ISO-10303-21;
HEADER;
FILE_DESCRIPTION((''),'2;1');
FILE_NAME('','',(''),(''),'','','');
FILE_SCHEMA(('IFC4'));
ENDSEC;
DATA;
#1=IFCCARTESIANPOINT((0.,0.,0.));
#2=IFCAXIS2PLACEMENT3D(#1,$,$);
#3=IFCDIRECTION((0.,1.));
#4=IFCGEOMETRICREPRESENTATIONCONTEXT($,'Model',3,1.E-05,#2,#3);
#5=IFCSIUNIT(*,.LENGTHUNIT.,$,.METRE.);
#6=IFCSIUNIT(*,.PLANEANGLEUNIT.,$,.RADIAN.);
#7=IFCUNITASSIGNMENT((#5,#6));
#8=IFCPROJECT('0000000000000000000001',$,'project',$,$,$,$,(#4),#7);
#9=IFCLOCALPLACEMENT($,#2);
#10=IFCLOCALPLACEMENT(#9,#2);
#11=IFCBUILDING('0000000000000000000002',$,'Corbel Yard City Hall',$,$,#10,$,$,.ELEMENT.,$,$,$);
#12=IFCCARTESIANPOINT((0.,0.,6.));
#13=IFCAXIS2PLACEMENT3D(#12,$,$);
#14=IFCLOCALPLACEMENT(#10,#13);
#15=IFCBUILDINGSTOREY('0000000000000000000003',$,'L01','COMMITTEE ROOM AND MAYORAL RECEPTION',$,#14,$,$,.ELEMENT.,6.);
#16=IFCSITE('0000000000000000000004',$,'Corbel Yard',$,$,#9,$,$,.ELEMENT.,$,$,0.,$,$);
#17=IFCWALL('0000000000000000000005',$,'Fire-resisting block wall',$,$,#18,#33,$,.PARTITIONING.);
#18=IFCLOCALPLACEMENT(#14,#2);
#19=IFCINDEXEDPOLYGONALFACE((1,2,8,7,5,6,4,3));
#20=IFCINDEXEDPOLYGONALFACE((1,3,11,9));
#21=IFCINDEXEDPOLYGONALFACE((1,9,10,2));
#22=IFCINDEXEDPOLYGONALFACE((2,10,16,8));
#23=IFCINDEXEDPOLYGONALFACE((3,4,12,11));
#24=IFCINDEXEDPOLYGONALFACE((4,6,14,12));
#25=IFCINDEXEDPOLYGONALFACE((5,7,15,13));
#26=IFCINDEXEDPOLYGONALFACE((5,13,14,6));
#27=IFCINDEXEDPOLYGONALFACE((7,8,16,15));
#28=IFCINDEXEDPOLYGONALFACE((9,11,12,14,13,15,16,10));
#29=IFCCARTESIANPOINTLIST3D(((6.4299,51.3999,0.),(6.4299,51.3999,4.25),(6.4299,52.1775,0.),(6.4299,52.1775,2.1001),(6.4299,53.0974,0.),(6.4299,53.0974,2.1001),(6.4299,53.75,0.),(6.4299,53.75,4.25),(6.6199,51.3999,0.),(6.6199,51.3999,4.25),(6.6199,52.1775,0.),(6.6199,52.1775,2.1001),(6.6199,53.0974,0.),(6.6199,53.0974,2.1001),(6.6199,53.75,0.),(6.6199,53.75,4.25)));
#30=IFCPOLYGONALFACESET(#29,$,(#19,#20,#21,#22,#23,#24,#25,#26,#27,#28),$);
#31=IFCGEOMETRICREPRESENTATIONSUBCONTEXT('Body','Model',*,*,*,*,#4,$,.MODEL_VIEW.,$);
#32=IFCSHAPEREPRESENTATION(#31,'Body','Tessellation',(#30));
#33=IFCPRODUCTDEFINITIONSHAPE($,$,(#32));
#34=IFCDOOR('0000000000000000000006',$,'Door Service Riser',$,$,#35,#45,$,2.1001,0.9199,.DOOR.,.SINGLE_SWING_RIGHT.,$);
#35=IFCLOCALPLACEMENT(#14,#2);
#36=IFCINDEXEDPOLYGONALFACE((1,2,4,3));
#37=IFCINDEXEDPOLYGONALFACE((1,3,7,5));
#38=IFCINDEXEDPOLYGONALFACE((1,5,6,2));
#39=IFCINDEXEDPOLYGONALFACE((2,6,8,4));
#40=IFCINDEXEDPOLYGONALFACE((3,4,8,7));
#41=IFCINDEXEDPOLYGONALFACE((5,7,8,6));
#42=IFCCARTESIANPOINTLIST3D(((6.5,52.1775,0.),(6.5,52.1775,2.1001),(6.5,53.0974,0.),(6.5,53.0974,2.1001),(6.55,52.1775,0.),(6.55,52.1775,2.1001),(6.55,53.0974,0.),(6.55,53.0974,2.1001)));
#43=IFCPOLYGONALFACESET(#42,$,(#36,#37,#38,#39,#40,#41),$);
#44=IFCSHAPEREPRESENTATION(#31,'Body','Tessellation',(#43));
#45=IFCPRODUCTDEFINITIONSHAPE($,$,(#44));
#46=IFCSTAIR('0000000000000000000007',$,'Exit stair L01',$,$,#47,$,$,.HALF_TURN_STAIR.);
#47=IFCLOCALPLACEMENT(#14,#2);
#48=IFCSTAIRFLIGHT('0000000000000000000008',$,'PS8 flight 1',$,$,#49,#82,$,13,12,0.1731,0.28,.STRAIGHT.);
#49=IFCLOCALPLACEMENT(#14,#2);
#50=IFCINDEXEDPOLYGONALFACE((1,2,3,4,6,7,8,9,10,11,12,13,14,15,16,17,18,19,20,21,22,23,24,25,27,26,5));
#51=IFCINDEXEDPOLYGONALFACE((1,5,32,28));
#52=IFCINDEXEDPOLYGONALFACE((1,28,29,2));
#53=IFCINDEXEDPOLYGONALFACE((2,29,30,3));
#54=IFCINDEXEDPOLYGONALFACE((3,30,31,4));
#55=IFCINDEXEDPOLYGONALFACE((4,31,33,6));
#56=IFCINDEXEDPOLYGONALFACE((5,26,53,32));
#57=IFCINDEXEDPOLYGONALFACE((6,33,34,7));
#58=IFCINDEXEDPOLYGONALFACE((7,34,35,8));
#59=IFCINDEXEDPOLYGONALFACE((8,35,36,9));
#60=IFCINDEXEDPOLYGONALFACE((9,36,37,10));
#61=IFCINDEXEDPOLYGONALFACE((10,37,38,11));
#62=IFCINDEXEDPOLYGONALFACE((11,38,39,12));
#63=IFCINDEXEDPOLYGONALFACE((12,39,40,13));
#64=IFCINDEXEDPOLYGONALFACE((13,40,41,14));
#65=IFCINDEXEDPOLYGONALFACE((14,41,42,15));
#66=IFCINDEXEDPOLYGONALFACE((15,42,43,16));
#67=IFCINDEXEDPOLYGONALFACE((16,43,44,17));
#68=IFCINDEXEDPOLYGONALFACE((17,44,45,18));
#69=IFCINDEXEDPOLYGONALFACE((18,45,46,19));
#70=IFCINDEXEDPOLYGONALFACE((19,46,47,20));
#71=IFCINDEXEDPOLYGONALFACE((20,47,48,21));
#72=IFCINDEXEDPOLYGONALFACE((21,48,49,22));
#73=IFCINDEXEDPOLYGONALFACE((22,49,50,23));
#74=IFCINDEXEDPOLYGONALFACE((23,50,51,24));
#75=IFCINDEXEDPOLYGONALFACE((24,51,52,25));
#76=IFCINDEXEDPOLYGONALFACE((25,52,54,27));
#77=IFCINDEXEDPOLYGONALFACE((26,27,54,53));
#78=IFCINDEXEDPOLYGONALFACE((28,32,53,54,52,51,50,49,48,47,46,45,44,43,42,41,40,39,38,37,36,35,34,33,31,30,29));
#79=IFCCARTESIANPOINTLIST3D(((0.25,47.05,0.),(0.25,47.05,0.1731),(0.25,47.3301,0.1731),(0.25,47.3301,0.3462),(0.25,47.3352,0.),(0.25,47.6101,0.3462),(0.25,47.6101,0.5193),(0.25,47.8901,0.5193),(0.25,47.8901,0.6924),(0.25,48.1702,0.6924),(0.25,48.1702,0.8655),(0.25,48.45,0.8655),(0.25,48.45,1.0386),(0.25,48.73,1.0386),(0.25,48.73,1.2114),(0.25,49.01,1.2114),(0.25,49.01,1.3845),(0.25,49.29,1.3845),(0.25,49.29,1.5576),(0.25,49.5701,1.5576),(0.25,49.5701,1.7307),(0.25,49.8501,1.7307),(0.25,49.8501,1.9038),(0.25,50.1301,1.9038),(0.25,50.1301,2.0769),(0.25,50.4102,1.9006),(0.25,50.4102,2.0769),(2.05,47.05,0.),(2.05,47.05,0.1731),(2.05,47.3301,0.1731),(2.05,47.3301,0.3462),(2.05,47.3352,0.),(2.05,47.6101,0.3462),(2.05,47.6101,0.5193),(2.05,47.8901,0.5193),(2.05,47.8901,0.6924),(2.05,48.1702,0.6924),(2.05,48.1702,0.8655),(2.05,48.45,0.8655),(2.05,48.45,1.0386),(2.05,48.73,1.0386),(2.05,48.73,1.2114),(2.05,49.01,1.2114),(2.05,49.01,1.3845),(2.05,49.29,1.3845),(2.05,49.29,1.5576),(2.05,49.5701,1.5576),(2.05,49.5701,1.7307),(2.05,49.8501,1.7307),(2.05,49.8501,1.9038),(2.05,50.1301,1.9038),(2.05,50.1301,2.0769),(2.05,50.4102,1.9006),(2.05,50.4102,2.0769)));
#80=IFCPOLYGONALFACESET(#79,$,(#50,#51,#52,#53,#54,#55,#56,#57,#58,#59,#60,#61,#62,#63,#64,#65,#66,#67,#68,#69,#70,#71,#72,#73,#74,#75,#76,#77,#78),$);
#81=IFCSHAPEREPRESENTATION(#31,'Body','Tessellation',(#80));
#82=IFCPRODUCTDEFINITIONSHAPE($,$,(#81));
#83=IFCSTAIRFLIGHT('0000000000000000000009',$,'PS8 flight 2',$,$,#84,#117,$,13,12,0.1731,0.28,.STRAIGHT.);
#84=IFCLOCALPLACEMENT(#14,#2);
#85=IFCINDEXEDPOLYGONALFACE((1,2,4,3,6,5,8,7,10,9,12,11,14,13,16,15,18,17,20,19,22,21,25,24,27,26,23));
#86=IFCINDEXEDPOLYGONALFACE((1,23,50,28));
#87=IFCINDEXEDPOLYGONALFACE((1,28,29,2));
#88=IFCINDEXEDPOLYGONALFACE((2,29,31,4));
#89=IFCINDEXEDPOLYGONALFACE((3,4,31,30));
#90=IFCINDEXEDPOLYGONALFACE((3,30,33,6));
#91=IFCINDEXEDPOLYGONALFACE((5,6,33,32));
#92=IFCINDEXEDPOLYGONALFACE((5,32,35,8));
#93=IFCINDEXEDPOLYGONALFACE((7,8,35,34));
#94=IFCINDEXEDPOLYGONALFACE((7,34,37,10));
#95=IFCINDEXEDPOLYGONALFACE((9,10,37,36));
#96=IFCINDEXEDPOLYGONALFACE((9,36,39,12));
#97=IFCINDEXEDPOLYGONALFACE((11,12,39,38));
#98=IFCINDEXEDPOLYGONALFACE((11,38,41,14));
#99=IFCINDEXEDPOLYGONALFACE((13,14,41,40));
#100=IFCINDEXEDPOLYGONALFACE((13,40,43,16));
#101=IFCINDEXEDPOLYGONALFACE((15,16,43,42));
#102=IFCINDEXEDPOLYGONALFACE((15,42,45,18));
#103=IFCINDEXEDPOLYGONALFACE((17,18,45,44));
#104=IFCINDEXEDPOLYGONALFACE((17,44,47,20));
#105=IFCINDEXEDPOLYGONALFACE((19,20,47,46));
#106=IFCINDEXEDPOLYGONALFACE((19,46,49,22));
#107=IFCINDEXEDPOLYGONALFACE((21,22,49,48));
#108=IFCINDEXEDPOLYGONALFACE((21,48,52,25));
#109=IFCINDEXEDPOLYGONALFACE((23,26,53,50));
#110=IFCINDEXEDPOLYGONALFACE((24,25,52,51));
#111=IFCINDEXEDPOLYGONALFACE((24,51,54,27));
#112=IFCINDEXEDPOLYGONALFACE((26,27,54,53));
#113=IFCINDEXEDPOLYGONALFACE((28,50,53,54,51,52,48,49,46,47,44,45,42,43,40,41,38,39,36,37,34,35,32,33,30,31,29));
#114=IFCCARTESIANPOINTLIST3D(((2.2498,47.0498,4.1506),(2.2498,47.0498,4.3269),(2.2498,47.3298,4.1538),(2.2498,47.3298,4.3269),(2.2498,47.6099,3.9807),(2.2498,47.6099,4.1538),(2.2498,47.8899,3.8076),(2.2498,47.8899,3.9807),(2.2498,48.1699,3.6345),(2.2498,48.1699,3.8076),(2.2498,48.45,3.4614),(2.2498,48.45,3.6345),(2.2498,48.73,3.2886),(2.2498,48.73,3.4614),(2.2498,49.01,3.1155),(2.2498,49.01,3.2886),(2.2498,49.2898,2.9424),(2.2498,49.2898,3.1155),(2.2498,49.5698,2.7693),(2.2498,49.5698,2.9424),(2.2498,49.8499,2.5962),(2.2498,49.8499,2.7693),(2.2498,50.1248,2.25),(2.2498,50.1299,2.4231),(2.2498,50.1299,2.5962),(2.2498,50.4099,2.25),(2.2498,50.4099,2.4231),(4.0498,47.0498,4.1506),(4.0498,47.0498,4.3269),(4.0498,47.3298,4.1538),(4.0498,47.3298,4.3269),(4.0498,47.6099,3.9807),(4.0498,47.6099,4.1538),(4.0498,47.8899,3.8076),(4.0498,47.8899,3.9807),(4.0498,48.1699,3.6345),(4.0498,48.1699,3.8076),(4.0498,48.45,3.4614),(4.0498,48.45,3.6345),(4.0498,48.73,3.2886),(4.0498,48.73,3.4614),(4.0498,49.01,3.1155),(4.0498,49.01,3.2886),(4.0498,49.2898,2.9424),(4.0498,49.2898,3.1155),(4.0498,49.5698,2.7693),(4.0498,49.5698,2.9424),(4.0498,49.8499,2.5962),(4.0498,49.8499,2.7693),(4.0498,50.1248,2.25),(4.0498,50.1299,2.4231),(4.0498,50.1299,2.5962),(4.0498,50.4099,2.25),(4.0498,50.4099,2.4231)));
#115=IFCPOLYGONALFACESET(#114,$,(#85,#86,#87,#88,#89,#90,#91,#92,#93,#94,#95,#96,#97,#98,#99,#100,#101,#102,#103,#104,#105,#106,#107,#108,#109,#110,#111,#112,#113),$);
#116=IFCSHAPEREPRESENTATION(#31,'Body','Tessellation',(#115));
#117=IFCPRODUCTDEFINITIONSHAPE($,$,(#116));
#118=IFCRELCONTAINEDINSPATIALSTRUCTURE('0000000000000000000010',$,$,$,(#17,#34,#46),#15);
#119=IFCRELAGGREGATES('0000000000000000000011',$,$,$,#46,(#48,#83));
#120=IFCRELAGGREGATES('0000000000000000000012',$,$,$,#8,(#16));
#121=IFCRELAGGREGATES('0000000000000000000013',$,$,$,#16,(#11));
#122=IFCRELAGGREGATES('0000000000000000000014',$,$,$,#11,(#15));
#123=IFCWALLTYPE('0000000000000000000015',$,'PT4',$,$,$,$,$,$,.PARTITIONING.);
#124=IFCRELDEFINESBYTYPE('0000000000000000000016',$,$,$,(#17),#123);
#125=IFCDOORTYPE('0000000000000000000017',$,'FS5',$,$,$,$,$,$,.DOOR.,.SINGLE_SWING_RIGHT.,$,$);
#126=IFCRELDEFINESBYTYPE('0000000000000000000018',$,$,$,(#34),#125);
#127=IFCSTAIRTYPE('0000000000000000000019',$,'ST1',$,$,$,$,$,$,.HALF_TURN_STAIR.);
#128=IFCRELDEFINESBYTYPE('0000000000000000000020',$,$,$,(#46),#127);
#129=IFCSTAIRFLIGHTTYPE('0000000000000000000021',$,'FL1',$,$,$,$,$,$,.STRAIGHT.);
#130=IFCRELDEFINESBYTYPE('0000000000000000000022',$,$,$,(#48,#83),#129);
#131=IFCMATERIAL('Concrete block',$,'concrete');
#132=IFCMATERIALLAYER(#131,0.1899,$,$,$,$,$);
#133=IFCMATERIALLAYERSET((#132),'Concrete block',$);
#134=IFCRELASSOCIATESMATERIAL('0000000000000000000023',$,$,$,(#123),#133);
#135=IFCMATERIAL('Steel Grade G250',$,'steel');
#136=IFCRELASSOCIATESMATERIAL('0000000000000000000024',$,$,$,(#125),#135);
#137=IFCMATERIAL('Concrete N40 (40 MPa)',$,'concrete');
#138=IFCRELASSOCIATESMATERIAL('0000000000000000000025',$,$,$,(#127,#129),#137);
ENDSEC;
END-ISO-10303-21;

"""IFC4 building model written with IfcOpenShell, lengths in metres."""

from ifc_helpers import new_model, si_unit, direction, frame, frame_2d, origin, place, context, subcontext, project, spatial, polyline, rectangle, outline, extrude, material, layer, layer_set, type_object, element, fill, aggregate, save


model = new_model("IFC4")

# Units and contexts
model_context = context("Model", 3, precision=1e-05, world=origin(), true_north=direction((0.0, 1.0)))
body_context = subcontext(model_context, "Body", "Model", "MODEL_VIEW")
ifc_project = project(units=[si_unit("LENGTHUNIT", "METRE"), si_unit("PLANEANGLEUNIT", "RADIAN")], contexts=[model_context])

# Site, building, storey
site_placement = place(None, origin())
site = spatial("IfcSite", under=ifc_project, at=site_placement, Name="Corbel Yard", CompositionType="ELEMENT", RefElevation=0.0)
building_placement = place(site_placement, origin())
building = spatial("IfcBuilding", under=site, at=building_placement, Name="Corbel Yard City Hall", CompositionType="ELEMENT")
storey_placement = place(building_placement, frame((0.0, 0.0, 6.0)))
storey = spatial("IfcBuildingStorey", under=building, at=storey_placement, Name="L01", Description="COMMITTEE ROOM AND MAYORAL RECEPTION", CompositionType="ELEMENT", Elevation=6.0)

# Shared definitions
ifc_material_1 = material(Name="Concrete N40 (40 MPa)", Category="concrete")
ifc_material_2 = material(Name="Steel Grade G250", Category="steel")

# Wall, opening, door
ifc_material_3 = material(Name="Concrete block", Category="concrete")
ifc_layer_1 = layer(ifc_material_3, 0.1899)
ifc_layer_set_1 = layer_set([ifc_layer_1], Name="Concrete block")
wall_type_1 = type_object("IfcWallType", Name="PT4", PredefinedType="PARTITIONING", material=ifc_layer_set_1)
wall_1_placement = place(storey_placement, frame((6.5249, 51.3999, 0.0), z_axis=(0.0, 0.0, 1.0), x_axis=(0.0, 1.0, 0.0)))
wall_1 = element("IfcWall", 1, at=wall_1_placement, inside=storey, type_object=wall_type_1, Name="Fire-resisting block wall", PredefinedType="PARTITIONING", context=body_context, shape_type="SweptSolid", body=[
    extrude(rectangle(XDim=2.3501, YDim=0.1899, at=frame_2d((1.175, 0.0))), origin(), (0.0, 0.0, 1.0), 4.25),
])
opening_1_placement = place(wall_1_placement, frame((0.7776, 0.0, 0.0)))
opening_1 = element("IfcOpeningElement", 2, at=opening_1_placement, cuts=wall_1, PredefinedType="OPENING", context=body_context, shape_type="SweptSolid", body=[
    extrude(rectangle(XDim=0.9199, YDim=2.1001, at=frame_2d((0.46, 1.05))), frame((0.0, 0.105, 0.0), z_axis=(0.0, -1.0, 0.0), x_axis=(1.0, 0.0, 0.0)), (0.0, 0.0, 1.0), 0.21),
])
door_type_1 = type_object("IfcDoorType", Name="FS5", OperationType="SINGLE_SWING_RIGHT", PredefinedType="DOOR", material=ifc_material_2)
door_1_placement = place(opening_1_placement, origin())
door_1 = element("IfcDoor", 3, at=door_1_placement, inside=storey, type_object=door_type_1, Name="Door Service Riser", OperationType="SINGLE_SWING_RIGHT", OverallHeight=2.1001, OverallWidth=0.9199, PredefinedType="DOOR", context=body_context, shape_type="SweptSolid", body=[
    extrude(rectangle(XDim=0.9199, YDim=2.1001, at=frame_2d((0.46, 1.05))), frame((0.0, 0.0249, 0.0), z_axis=(0.0, -1.0, 0.0), x_axis=(1.0, 0.0, 0.0)), (0.0, 0.0, 1.0), 0.05),
])
fill(opening_1, door_1)

# Stair, stair flights
stair_type = type_object("IfcStairType", Name="ST1", PredefinedType="HALF_TURN_STAIR", material=ifc_material_1)
stair_placement = place(storey_placement, origin())
stair = element("IfcStair", 4, at=stair_placement, inside=storey, type_object=stair_type, Name="Exit stair L01", PredefinedType="HALF_TURN_STAIR")
stair_flight_type = type_object("IfcStairFlightType", Name="FL1", PredefinedType="STRAIGHT", material=ifc_material_1)
stair_flight_1_placement = place(storey_placement, frame((1.1499, 47.05, 0.0), z_axis=(0.0, 0.0, 1.0), x_axis=(0.0, 1.0, 0.0)))
stair_flight_1 = element("IfcStairFlight", 5, at=stair_flight_1_placement, type_object=stair_flight_type, Name="PS8 flight 1", NumberOfRisers=13, NumberOfTreads=12, PredefinedType="STRAIGHT", RiserHeight=0.1731, TreadLength=0.28, context=body_context, shape_type="SweptSolid", body=[
    extrude(outline(polyline([(0.0, 0.0), (0.0, 0.1731), (0.28, 0.1731), (0.28, 0.3462), (0.5601, 0.3462), (0.5601, 0.5193), (0.8401, 0.5193), (0.8401, 0.6924), (1.1201, 0.6924), (1.1201, 0.8655), (1.3999, 0.8655), (1.3999, 1.0386), (1.6799, 1.0386), (1.6799, 1.2114), (1.96, 1.2114), (1.96, 1.3845), (2.24, 1.3845), (2.24, 1.5576), (2.52, 1.5576), (2.52, 1.7307), (2.8, 1.7307), (2.8, 1.9038), (3.0801, 1.9038), (3.0801, 2.0769), (3.3601, 2.0769), (3.3601, 2.25), (3.3601, 1.9006), (0.2852, 0.0), (0.0, 0.0)])), frame((0.0, 0.8999, 0.0), z_axis=(0.0, -1.0, 0.0), x_axis=(1.0, 0.0, 0.0)), (0.0, 0.0, 1.0), 1.8),
])
stair_flight_2_placement = place(storey_placement, frame((3.1499, 50.4099, 2.25), z_axis=(0.0, 0.0, 1.0), x_axis=(0.0, -1.0, 0.0)))
stair_flight_2 = element("IfcStairFlight", 6, at=stair_flight_2_placement, type_object=stair_flight_type, Name="PS8 flight 2", NumberOfRisers=13, NumberOfTreads=12, PredefinedType="STRAIGHT", RiserHeight=0.1731, TreadLength=0.28, context=body_context, shape_type="SweptSolid", body=[
    extrude(outline(polyline([(0.0, 0.0), (0.0, 0.1731), (0.28, 0.1731), (0.28, 0.3462), (0.5601, 0.3462), (0.5601, 0.5193), (0.8401, 0.5193), (0.8401, 0.6924), (1.1201, 0.6924), (1.1201, 0.8655), (1.3999, 0.8655), (1.3999, 1.0386), (1.6799, 1.0386), (1.6799, 1.2114), (1.96, 1.2114), (1.96, 1.3845), (2.24, 1.3845), (2.24, 1.5576), (2.52, 1.5576), (2.52, 1.7307), (2.8, 1.7307), (2.8, 1.9038), (3.0801, 1.9038), (3.0801, 2.0769), (3.3601, 2.0769), (3.3601, 2.25), (3.3601, 1.9006), (0.2852, 0.0), (0.0, 0.0)])), frame((0.0, 0.8999, 0.0), z_axis=(0.0, -1.0, 0.0), x_axis=(1.0, 0.0, 0.0)), (0.0, 0.0, 1.0), 1.8),
])
aggregate(stair, [stair_flight_1, stair_flight_2])

save(model, "model.ifc")
